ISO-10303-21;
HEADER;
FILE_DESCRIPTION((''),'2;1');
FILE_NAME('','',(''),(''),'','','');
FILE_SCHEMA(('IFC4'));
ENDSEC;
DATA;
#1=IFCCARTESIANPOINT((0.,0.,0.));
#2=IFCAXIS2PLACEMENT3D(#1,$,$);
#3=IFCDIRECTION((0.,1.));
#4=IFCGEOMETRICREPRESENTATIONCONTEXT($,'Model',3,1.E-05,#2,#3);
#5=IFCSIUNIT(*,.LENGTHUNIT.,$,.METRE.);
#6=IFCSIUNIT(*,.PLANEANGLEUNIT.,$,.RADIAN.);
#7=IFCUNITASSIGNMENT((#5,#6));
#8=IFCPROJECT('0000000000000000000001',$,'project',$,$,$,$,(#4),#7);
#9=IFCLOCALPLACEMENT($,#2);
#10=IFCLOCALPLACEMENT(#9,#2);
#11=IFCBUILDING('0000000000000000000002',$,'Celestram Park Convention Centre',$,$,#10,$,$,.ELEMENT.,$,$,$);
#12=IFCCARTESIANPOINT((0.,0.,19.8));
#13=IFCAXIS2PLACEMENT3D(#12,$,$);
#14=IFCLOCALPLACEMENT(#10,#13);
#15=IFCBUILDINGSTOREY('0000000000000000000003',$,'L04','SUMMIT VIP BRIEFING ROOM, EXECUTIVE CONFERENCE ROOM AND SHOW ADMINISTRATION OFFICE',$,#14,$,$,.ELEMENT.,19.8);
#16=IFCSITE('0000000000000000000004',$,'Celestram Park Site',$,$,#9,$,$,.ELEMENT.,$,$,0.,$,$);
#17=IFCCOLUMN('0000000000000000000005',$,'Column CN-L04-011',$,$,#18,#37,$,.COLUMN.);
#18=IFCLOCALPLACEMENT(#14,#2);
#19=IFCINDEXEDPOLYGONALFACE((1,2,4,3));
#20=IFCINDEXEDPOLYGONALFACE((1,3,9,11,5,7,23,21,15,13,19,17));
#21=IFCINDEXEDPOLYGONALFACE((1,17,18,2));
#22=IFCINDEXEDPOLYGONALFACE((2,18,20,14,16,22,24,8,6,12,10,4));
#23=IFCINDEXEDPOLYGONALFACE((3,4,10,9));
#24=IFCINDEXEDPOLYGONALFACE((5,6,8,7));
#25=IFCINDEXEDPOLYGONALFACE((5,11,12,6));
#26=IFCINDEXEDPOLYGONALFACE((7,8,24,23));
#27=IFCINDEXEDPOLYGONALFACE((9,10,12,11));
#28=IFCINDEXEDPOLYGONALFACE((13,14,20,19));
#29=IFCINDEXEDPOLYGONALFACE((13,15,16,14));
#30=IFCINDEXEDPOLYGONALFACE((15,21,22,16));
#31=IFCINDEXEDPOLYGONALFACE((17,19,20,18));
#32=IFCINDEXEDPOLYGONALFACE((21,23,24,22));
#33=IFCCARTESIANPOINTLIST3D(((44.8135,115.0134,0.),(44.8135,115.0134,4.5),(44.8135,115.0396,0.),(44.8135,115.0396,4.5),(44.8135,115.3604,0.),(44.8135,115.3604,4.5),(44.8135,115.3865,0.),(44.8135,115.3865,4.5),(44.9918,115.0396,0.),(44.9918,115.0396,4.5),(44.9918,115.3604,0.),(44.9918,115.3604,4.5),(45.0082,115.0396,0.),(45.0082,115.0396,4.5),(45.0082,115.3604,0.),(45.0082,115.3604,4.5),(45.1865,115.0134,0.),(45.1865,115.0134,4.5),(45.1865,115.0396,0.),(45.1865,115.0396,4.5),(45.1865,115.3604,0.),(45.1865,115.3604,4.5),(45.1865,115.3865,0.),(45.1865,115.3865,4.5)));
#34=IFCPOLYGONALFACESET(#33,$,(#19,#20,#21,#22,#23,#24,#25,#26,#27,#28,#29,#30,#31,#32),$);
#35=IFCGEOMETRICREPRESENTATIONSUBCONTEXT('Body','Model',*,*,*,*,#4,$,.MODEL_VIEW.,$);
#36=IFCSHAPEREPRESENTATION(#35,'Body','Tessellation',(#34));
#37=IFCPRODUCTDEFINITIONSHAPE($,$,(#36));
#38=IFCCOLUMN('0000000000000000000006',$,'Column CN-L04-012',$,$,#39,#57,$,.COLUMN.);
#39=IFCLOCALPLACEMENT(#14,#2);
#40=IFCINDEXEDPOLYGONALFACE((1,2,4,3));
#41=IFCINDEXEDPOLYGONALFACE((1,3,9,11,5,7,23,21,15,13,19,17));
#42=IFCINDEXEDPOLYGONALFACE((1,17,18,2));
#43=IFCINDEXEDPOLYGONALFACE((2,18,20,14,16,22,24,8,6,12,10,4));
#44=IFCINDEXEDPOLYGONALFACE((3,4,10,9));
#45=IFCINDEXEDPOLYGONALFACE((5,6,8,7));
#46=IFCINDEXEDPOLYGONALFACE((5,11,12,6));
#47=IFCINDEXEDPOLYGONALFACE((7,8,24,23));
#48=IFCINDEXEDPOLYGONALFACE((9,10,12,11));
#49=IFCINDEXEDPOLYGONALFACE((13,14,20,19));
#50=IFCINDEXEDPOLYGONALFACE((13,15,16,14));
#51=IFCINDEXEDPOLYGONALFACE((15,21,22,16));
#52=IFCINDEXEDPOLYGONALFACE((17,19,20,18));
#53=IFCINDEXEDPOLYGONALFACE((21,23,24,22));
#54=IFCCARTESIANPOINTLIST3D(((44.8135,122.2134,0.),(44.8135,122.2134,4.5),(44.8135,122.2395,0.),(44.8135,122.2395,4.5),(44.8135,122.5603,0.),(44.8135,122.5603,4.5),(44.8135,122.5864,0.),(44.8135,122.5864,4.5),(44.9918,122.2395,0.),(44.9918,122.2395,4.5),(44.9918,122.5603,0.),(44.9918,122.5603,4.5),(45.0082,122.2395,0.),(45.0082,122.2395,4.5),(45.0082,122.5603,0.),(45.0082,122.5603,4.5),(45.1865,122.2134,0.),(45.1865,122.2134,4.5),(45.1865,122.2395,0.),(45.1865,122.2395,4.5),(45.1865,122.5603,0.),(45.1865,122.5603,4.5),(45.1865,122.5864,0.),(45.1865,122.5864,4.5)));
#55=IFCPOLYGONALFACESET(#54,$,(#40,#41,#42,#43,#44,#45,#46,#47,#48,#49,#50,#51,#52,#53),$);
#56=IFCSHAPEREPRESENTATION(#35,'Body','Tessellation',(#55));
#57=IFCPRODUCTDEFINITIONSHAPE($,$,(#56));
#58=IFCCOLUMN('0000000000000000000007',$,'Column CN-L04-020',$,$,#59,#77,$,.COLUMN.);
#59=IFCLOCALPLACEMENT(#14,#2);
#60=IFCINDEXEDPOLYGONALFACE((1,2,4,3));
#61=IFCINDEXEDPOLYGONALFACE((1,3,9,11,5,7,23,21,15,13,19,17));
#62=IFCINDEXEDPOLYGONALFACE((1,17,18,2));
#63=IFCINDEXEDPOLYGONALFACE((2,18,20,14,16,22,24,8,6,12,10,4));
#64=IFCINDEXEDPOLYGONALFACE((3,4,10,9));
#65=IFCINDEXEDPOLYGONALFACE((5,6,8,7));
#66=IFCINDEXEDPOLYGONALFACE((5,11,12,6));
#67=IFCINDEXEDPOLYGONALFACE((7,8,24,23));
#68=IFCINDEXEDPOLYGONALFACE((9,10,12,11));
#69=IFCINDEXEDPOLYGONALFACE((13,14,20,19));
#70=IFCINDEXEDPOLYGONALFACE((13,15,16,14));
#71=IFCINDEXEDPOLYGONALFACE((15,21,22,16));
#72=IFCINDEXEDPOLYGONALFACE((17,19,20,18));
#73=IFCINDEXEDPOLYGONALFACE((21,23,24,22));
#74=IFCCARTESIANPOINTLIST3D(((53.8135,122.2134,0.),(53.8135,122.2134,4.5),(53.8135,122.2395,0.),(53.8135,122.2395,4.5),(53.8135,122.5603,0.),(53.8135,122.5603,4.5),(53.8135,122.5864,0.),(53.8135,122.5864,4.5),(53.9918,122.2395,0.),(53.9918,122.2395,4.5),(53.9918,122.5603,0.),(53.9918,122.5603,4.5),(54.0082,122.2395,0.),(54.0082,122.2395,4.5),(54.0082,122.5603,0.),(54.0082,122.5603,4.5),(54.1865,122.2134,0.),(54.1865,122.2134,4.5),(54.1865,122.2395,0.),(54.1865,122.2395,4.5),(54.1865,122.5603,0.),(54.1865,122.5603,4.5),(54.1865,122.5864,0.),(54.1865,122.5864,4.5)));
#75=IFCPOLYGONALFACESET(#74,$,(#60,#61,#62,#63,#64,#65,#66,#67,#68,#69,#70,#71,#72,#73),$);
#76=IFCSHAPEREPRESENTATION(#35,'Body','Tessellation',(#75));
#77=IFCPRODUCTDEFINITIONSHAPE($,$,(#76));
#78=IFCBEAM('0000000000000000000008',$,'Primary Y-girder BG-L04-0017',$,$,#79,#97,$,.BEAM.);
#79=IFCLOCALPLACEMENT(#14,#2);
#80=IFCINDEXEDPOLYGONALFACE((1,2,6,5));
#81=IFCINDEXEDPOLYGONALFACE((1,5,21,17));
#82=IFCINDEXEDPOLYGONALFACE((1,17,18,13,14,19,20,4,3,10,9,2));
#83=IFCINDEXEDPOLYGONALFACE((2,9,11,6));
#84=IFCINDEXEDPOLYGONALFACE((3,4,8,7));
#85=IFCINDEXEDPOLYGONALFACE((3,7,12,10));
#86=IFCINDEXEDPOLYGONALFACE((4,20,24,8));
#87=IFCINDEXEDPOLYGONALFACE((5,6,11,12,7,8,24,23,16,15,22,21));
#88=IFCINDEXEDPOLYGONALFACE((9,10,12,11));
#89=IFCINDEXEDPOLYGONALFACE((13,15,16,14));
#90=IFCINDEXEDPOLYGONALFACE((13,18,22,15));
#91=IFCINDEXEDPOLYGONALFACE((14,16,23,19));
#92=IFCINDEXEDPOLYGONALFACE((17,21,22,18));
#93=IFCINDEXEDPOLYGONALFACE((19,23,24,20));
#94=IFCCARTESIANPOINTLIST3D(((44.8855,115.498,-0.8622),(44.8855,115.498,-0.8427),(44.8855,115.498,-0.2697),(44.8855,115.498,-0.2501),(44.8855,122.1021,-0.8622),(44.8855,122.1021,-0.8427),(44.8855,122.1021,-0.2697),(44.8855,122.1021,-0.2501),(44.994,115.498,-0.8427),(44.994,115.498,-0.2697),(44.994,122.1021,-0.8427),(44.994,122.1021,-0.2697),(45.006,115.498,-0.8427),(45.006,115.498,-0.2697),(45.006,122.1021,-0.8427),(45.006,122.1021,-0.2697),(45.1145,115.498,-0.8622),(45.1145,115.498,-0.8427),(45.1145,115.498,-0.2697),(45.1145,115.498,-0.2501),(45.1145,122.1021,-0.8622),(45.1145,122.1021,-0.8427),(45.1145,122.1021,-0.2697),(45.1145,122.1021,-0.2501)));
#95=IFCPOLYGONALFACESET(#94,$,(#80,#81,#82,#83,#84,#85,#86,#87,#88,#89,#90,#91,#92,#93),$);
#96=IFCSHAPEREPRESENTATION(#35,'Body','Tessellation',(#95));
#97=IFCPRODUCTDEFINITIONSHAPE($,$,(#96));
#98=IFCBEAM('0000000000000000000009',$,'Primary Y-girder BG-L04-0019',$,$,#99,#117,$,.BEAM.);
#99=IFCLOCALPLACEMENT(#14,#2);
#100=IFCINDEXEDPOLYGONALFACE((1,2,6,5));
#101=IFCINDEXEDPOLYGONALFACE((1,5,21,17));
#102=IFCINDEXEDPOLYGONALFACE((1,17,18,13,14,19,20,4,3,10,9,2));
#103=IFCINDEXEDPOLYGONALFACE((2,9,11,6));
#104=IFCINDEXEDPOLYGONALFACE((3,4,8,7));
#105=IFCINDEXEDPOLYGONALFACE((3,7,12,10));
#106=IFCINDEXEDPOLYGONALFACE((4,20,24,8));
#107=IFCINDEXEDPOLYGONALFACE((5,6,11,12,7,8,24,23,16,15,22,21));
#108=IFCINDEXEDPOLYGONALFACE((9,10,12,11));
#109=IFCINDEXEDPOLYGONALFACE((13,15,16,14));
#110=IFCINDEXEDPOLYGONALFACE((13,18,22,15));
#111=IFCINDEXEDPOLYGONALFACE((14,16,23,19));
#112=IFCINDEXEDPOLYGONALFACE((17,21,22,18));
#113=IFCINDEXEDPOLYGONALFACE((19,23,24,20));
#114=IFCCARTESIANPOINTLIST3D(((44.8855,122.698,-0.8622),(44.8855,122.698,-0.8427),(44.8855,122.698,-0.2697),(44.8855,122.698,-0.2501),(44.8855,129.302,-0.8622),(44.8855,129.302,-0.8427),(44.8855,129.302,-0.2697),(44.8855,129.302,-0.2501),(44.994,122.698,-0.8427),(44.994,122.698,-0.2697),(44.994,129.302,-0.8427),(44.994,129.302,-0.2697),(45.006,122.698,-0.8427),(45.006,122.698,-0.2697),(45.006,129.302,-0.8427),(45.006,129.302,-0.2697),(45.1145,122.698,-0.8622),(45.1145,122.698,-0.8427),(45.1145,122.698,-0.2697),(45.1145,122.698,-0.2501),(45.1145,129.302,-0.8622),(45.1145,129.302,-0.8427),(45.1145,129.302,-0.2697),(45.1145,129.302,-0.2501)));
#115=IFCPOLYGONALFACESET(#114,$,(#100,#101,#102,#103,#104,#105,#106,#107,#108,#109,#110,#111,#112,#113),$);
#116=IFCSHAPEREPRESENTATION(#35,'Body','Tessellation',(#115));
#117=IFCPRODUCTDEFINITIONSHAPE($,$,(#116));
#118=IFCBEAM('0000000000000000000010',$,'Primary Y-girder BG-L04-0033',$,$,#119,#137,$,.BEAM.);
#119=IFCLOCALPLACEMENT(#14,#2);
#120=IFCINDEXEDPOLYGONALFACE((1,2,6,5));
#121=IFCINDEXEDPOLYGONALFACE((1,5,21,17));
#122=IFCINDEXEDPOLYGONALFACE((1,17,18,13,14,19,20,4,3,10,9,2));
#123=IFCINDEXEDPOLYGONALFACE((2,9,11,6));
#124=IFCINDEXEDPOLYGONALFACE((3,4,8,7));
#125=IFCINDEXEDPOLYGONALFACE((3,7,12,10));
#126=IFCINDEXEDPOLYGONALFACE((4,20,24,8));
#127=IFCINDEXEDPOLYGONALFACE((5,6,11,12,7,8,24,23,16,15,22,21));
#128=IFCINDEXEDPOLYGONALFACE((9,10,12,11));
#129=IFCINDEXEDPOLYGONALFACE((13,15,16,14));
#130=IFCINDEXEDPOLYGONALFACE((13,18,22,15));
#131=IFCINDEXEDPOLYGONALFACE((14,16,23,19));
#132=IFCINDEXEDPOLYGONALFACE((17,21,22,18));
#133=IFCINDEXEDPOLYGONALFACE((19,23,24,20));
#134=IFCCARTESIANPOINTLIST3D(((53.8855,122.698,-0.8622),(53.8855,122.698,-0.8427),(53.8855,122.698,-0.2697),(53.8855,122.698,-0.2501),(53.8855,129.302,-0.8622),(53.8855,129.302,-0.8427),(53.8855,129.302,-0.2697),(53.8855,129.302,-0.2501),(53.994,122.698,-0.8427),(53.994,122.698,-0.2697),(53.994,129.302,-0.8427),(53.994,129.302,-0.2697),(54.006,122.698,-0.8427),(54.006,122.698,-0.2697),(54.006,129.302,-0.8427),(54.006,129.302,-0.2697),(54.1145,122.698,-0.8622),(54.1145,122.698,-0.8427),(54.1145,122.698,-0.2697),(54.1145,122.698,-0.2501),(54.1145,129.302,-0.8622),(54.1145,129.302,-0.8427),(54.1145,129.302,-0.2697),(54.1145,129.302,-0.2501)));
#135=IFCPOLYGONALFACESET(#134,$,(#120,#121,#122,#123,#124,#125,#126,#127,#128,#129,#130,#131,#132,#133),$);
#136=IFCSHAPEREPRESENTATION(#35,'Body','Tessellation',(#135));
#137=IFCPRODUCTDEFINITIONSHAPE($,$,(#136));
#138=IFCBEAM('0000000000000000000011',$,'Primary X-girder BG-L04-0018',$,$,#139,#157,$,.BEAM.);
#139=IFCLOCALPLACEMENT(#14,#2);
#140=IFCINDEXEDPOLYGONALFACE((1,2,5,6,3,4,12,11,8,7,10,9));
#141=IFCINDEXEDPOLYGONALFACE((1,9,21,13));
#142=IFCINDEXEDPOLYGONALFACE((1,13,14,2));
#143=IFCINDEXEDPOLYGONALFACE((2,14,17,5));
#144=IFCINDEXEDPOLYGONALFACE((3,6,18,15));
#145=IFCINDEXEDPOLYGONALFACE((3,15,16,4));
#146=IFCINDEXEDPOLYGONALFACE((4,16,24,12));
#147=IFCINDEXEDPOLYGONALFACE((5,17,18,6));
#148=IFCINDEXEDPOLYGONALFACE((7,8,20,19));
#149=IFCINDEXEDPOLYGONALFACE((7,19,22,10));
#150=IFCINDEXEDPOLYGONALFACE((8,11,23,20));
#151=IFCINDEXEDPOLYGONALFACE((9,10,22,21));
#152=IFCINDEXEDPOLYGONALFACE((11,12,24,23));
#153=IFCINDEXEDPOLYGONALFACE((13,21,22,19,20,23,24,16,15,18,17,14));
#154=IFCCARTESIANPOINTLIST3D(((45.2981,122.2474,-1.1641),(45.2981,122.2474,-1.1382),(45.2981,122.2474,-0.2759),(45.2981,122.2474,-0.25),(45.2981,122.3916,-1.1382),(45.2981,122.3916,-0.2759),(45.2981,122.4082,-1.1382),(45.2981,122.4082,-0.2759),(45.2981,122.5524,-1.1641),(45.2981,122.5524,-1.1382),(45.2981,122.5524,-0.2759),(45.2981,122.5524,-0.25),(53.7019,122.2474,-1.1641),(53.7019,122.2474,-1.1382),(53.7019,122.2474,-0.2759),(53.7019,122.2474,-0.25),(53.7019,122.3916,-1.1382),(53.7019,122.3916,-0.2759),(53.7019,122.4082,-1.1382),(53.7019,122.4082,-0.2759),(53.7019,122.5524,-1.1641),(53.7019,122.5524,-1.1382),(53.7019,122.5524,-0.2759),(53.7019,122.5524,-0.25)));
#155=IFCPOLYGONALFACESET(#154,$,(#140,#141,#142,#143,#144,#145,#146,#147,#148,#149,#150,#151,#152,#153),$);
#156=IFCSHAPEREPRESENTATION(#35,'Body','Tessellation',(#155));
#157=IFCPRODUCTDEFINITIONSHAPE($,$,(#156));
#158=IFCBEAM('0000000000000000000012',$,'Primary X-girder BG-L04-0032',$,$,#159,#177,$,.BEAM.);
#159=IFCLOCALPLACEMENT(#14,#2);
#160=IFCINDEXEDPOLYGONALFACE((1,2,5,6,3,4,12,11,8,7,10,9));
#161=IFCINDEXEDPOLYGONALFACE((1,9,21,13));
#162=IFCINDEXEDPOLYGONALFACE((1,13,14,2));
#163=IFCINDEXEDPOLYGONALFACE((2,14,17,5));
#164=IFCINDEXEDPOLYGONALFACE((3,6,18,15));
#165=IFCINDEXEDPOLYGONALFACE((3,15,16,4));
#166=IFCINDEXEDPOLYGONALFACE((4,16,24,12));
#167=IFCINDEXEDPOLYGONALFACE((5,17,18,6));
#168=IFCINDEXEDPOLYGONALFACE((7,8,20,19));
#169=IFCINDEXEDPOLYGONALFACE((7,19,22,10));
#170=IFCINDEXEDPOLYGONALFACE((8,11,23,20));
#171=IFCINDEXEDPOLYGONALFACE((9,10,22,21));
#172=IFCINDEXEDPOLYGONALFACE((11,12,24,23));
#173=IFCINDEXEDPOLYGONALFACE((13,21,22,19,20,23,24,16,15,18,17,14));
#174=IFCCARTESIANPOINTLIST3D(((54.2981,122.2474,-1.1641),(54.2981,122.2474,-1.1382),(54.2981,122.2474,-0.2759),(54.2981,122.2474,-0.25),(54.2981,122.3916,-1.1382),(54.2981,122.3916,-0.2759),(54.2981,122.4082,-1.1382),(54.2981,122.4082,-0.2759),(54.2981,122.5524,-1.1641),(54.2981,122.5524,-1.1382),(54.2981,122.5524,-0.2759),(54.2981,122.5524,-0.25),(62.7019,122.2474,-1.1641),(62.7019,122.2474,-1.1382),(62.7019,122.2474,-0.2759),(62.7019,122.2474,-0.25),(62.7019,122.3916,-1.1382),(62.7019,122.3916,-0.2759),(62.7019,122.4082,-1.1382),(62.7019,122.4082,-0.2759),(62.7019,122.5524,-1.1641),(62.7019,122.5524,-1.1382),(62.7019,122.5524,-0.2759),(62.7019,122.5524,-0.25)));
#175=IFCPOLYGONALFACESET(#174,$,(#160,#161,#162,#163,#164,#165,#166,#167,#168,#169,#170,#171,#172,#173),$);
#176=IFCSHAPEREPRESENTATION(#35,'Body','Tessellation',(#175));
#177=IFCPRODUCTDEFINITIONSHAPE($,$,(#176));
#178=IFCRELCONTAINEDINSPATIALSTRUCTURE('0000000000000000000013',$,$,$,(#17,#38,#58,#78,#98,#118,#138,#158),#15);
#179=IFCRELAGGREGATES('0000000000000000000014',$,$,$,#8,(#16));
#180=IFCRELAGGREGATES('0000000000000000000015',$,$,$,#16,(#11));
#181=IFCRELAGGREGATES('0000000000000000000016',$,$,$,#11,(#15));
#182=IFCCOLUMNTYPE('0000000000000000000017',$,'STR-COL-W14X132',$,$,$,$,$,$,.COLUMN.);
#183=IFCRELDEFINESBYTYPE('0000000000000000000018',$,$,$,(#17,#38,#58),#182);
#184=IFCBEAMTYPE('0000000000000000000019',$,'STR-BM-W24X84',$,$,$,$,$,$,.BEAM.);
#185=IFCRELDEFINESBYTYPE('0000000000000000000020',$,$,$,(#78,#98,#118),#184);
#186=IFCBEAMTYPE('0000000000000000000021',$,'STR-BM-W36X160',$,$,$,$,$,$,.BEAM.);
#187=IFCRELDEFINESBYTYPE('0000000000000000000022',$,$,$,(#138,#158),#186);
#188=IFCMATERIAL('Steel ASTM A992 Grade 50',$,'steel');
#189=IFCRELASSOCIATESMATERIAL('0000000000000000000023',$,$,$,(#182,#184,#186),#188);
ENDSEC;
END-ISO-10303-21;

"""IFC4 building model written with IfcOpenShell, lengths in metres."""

from ifc_helpers import new_model, si_unit, direction, frame, origin, origin_2d, place, context, subcontext, project, spatial, i_section, extrude, material, material_profile, profile_set, type_object, element, save


model = new_model("IFC4")

# Units and contexts
model_context = context("Model", 3, precision=1e-05, world=origin(), true_north=direction((0.0, 1.0)))
body_context = subcontext(model_context, "Body", "Model", "MODEL_VIEW")
ifc_project = project(units=[si_unit("LENGTHUNIT", "METRE"), si_unit("PLANEANGLEUNIT", "RADIAN")], contexts=[model_context])

# Site, building, storey
site_placement = place(None, origin())
site = spatial("IfcSite", under=ifc_project, at=site_placement, Name="Celestram Park Site", CompositionType="ELEMENT", RefElevation=0.0)
building_placement = place(site_placement, origin())
building = spatial("IfcBuilding", under=site, at=building_placement, Name="Celestram Park Convention Centre", CompositionType="ELEMENT")
storey_placement = place(building_placement, frame((0.0, 0.0, 19.8)))
storey = spatial("IfcBuildingStorey", under=building, at=storey_placement, Name="L04", Description="SUMMIT VIP BRIEFING ROOM, EXECUTIVE CONFERENCE ROOM AND SHOW ADMINISTRATION OFFICE", CompositionType="ELEMENT", Elevation=19.8)

# Columns
ifc_material_1 = material(Name="Steel ASTM A992 Grade 50", Category="steel")
ifc_material_profile_1 = material_profile(ifc_material_1, i_section(OverallWidth=0.373, OverallDepth=0.373, WebThickness=0.0164, FlangeThickness=0.0261, at=origin_2d()), Name="W14X132")
ifc_profile_set_1 = profile_set([ifc_material_profile_1], Name="Steel ASTM A992 Grade 50")
column_type = type_object("IfcColumnType", Name="STR-COL-W14X132", PredefinedType="COLUMN", material=ifc_profile_set_1)
for number, where, z_axis, x_axis, name in (
    (1, (45.0, 115.2, 0.0), (0.0, 0.0, 1.0), (1.0, 0.0, 0.0), "Column CN-L04-011"),
    (2, (45.0, 122.3999, 0.0), (0.0, 0.0, 1.0), (1.0, 0.0, 0.0), "Column CN-L04-012"),
    (3, (54.0, 122.3999, 0.0), (0.0, 0.0, 1.0), (1.0, 0.0, 0.0), "Column CN-L04-020"),
):
    element("IfcColumn", number, at=place(storey_placement, frame(where, z_axis=z_axis, x_axis=x_axis)), inside=storey, type_object=column_type, Name=name, PredefinedType="COLUMN", context=body_context, shape_type="SweptSolid", body=[
        extrude(i_section(OverallWidth=0.373, OverallDepth=0.373, WebThickness=0.0164, FlangeThickness=0.0261, at=origin_2d()), origin(), (0.0, 0.0, 1.0), 4.5),
    ])

# Beams
ifc_material_profile_2 = material_profile(ifc_material_1, i_section(OverallWidth=0.229, OverallDepth=0.6121, WebThickness=0.012, FlangeThickness=0.0195, at=origin_2d()), Name="W24X84")
ifc_profile_set_2 = profile_set([ifc_material_profile_2], Name="Steel ASTM A992 Grade 50")
beam_type_1 = type_object("IfcBeamType", Name="STR-BM-W24X84", PredefinedType="BEAM", material=ifc_profile_set_2)
for number, where, z_axis, x_axis, name in (
    (4, (45.0, 115.498, -0.5562), (0.0, 1.0, 0.0), (-1.0, 0.0, 0.0), "Primary Y-girder BG-L04-0017"),
    (5, (45.0, 122.698, -0.5562), (0.0, 1.0, 0.0), (-1.0, 0.0, 0.0), "Primary Y-girder BG-L04-0019"),
    (6, (54.0, 122.698, -0.5562), (0.0, 1.0, 0.0), (-1.0, 0.0, 0.0), "Primary Y-girder BG-L04-0033"),
):
    element("IfcBeam", number, at=place(storey_placement, frame(where, z_axis=z_axis, x_axis=x_axis)), inside=storey, type_object=beam_type_1, Name=name, PredefinedType="BEAM", context=body_context, shape_type="SweptSolid", body=[
        extrude(i_section(OverallWidth=0.229, OverallDepth=0.6121, WebThickness=0.012, FlangeThickness=0.0195, at=origin_2d()), origin(), (0.0, 0.0, 1.0), 6.604),
    ])
ifc_material_profile_3 = material_profile(ifc_material_1, i_section(OverallWidth=0.3049, OverallDepth=0.9141, WebThickness=0.0166, FlangeThickness=0.0259, at=origin_2d()), Name="W36X160")
ifc_profile_set_3 = profile_set([ifc_material_profile_3], Name="Steel ASTM A992 Grade 50")
beam_type_2 = type_object("IfcBeamType", Name="STR-BM-W36X160", PredefinedType="BEAM", material=ifc_profile_set_3)
for number, where, z_axis, x_axis, name in (
    (7, (45.2981, 122.3999, -0.707), (1.0, 0.0, 0.0), (0.0, 1.0, 0.0), "Primary X-girder BG-L04-0018"),
    (8, (54.2981, 122.3999, -0.707), (1.0, 0.0, 0.0), (0.0, 1.0, 0.0), "Primary X-girder BG-L04-0032"),
):
    element("IfcBeam", number, at=place(storey_placement, frame(where, z_axis=z_axis, x_axis=x_axis)), inside=storey, type_object=beam_type_2, Name=name, PredefinedType="BEAM", context=body_context, shape_type="SweptSolid", body=[
        extrude(i_section(OverallWidth=0.3049, OverallDepth=0.9141, WebThickness=0.0166, FlangeThickness=0.0259, at=origin_2d()), origin(), (0.0, 0.0, 1.0), 8.4038),
    ])

save(model, "model.ifc")
